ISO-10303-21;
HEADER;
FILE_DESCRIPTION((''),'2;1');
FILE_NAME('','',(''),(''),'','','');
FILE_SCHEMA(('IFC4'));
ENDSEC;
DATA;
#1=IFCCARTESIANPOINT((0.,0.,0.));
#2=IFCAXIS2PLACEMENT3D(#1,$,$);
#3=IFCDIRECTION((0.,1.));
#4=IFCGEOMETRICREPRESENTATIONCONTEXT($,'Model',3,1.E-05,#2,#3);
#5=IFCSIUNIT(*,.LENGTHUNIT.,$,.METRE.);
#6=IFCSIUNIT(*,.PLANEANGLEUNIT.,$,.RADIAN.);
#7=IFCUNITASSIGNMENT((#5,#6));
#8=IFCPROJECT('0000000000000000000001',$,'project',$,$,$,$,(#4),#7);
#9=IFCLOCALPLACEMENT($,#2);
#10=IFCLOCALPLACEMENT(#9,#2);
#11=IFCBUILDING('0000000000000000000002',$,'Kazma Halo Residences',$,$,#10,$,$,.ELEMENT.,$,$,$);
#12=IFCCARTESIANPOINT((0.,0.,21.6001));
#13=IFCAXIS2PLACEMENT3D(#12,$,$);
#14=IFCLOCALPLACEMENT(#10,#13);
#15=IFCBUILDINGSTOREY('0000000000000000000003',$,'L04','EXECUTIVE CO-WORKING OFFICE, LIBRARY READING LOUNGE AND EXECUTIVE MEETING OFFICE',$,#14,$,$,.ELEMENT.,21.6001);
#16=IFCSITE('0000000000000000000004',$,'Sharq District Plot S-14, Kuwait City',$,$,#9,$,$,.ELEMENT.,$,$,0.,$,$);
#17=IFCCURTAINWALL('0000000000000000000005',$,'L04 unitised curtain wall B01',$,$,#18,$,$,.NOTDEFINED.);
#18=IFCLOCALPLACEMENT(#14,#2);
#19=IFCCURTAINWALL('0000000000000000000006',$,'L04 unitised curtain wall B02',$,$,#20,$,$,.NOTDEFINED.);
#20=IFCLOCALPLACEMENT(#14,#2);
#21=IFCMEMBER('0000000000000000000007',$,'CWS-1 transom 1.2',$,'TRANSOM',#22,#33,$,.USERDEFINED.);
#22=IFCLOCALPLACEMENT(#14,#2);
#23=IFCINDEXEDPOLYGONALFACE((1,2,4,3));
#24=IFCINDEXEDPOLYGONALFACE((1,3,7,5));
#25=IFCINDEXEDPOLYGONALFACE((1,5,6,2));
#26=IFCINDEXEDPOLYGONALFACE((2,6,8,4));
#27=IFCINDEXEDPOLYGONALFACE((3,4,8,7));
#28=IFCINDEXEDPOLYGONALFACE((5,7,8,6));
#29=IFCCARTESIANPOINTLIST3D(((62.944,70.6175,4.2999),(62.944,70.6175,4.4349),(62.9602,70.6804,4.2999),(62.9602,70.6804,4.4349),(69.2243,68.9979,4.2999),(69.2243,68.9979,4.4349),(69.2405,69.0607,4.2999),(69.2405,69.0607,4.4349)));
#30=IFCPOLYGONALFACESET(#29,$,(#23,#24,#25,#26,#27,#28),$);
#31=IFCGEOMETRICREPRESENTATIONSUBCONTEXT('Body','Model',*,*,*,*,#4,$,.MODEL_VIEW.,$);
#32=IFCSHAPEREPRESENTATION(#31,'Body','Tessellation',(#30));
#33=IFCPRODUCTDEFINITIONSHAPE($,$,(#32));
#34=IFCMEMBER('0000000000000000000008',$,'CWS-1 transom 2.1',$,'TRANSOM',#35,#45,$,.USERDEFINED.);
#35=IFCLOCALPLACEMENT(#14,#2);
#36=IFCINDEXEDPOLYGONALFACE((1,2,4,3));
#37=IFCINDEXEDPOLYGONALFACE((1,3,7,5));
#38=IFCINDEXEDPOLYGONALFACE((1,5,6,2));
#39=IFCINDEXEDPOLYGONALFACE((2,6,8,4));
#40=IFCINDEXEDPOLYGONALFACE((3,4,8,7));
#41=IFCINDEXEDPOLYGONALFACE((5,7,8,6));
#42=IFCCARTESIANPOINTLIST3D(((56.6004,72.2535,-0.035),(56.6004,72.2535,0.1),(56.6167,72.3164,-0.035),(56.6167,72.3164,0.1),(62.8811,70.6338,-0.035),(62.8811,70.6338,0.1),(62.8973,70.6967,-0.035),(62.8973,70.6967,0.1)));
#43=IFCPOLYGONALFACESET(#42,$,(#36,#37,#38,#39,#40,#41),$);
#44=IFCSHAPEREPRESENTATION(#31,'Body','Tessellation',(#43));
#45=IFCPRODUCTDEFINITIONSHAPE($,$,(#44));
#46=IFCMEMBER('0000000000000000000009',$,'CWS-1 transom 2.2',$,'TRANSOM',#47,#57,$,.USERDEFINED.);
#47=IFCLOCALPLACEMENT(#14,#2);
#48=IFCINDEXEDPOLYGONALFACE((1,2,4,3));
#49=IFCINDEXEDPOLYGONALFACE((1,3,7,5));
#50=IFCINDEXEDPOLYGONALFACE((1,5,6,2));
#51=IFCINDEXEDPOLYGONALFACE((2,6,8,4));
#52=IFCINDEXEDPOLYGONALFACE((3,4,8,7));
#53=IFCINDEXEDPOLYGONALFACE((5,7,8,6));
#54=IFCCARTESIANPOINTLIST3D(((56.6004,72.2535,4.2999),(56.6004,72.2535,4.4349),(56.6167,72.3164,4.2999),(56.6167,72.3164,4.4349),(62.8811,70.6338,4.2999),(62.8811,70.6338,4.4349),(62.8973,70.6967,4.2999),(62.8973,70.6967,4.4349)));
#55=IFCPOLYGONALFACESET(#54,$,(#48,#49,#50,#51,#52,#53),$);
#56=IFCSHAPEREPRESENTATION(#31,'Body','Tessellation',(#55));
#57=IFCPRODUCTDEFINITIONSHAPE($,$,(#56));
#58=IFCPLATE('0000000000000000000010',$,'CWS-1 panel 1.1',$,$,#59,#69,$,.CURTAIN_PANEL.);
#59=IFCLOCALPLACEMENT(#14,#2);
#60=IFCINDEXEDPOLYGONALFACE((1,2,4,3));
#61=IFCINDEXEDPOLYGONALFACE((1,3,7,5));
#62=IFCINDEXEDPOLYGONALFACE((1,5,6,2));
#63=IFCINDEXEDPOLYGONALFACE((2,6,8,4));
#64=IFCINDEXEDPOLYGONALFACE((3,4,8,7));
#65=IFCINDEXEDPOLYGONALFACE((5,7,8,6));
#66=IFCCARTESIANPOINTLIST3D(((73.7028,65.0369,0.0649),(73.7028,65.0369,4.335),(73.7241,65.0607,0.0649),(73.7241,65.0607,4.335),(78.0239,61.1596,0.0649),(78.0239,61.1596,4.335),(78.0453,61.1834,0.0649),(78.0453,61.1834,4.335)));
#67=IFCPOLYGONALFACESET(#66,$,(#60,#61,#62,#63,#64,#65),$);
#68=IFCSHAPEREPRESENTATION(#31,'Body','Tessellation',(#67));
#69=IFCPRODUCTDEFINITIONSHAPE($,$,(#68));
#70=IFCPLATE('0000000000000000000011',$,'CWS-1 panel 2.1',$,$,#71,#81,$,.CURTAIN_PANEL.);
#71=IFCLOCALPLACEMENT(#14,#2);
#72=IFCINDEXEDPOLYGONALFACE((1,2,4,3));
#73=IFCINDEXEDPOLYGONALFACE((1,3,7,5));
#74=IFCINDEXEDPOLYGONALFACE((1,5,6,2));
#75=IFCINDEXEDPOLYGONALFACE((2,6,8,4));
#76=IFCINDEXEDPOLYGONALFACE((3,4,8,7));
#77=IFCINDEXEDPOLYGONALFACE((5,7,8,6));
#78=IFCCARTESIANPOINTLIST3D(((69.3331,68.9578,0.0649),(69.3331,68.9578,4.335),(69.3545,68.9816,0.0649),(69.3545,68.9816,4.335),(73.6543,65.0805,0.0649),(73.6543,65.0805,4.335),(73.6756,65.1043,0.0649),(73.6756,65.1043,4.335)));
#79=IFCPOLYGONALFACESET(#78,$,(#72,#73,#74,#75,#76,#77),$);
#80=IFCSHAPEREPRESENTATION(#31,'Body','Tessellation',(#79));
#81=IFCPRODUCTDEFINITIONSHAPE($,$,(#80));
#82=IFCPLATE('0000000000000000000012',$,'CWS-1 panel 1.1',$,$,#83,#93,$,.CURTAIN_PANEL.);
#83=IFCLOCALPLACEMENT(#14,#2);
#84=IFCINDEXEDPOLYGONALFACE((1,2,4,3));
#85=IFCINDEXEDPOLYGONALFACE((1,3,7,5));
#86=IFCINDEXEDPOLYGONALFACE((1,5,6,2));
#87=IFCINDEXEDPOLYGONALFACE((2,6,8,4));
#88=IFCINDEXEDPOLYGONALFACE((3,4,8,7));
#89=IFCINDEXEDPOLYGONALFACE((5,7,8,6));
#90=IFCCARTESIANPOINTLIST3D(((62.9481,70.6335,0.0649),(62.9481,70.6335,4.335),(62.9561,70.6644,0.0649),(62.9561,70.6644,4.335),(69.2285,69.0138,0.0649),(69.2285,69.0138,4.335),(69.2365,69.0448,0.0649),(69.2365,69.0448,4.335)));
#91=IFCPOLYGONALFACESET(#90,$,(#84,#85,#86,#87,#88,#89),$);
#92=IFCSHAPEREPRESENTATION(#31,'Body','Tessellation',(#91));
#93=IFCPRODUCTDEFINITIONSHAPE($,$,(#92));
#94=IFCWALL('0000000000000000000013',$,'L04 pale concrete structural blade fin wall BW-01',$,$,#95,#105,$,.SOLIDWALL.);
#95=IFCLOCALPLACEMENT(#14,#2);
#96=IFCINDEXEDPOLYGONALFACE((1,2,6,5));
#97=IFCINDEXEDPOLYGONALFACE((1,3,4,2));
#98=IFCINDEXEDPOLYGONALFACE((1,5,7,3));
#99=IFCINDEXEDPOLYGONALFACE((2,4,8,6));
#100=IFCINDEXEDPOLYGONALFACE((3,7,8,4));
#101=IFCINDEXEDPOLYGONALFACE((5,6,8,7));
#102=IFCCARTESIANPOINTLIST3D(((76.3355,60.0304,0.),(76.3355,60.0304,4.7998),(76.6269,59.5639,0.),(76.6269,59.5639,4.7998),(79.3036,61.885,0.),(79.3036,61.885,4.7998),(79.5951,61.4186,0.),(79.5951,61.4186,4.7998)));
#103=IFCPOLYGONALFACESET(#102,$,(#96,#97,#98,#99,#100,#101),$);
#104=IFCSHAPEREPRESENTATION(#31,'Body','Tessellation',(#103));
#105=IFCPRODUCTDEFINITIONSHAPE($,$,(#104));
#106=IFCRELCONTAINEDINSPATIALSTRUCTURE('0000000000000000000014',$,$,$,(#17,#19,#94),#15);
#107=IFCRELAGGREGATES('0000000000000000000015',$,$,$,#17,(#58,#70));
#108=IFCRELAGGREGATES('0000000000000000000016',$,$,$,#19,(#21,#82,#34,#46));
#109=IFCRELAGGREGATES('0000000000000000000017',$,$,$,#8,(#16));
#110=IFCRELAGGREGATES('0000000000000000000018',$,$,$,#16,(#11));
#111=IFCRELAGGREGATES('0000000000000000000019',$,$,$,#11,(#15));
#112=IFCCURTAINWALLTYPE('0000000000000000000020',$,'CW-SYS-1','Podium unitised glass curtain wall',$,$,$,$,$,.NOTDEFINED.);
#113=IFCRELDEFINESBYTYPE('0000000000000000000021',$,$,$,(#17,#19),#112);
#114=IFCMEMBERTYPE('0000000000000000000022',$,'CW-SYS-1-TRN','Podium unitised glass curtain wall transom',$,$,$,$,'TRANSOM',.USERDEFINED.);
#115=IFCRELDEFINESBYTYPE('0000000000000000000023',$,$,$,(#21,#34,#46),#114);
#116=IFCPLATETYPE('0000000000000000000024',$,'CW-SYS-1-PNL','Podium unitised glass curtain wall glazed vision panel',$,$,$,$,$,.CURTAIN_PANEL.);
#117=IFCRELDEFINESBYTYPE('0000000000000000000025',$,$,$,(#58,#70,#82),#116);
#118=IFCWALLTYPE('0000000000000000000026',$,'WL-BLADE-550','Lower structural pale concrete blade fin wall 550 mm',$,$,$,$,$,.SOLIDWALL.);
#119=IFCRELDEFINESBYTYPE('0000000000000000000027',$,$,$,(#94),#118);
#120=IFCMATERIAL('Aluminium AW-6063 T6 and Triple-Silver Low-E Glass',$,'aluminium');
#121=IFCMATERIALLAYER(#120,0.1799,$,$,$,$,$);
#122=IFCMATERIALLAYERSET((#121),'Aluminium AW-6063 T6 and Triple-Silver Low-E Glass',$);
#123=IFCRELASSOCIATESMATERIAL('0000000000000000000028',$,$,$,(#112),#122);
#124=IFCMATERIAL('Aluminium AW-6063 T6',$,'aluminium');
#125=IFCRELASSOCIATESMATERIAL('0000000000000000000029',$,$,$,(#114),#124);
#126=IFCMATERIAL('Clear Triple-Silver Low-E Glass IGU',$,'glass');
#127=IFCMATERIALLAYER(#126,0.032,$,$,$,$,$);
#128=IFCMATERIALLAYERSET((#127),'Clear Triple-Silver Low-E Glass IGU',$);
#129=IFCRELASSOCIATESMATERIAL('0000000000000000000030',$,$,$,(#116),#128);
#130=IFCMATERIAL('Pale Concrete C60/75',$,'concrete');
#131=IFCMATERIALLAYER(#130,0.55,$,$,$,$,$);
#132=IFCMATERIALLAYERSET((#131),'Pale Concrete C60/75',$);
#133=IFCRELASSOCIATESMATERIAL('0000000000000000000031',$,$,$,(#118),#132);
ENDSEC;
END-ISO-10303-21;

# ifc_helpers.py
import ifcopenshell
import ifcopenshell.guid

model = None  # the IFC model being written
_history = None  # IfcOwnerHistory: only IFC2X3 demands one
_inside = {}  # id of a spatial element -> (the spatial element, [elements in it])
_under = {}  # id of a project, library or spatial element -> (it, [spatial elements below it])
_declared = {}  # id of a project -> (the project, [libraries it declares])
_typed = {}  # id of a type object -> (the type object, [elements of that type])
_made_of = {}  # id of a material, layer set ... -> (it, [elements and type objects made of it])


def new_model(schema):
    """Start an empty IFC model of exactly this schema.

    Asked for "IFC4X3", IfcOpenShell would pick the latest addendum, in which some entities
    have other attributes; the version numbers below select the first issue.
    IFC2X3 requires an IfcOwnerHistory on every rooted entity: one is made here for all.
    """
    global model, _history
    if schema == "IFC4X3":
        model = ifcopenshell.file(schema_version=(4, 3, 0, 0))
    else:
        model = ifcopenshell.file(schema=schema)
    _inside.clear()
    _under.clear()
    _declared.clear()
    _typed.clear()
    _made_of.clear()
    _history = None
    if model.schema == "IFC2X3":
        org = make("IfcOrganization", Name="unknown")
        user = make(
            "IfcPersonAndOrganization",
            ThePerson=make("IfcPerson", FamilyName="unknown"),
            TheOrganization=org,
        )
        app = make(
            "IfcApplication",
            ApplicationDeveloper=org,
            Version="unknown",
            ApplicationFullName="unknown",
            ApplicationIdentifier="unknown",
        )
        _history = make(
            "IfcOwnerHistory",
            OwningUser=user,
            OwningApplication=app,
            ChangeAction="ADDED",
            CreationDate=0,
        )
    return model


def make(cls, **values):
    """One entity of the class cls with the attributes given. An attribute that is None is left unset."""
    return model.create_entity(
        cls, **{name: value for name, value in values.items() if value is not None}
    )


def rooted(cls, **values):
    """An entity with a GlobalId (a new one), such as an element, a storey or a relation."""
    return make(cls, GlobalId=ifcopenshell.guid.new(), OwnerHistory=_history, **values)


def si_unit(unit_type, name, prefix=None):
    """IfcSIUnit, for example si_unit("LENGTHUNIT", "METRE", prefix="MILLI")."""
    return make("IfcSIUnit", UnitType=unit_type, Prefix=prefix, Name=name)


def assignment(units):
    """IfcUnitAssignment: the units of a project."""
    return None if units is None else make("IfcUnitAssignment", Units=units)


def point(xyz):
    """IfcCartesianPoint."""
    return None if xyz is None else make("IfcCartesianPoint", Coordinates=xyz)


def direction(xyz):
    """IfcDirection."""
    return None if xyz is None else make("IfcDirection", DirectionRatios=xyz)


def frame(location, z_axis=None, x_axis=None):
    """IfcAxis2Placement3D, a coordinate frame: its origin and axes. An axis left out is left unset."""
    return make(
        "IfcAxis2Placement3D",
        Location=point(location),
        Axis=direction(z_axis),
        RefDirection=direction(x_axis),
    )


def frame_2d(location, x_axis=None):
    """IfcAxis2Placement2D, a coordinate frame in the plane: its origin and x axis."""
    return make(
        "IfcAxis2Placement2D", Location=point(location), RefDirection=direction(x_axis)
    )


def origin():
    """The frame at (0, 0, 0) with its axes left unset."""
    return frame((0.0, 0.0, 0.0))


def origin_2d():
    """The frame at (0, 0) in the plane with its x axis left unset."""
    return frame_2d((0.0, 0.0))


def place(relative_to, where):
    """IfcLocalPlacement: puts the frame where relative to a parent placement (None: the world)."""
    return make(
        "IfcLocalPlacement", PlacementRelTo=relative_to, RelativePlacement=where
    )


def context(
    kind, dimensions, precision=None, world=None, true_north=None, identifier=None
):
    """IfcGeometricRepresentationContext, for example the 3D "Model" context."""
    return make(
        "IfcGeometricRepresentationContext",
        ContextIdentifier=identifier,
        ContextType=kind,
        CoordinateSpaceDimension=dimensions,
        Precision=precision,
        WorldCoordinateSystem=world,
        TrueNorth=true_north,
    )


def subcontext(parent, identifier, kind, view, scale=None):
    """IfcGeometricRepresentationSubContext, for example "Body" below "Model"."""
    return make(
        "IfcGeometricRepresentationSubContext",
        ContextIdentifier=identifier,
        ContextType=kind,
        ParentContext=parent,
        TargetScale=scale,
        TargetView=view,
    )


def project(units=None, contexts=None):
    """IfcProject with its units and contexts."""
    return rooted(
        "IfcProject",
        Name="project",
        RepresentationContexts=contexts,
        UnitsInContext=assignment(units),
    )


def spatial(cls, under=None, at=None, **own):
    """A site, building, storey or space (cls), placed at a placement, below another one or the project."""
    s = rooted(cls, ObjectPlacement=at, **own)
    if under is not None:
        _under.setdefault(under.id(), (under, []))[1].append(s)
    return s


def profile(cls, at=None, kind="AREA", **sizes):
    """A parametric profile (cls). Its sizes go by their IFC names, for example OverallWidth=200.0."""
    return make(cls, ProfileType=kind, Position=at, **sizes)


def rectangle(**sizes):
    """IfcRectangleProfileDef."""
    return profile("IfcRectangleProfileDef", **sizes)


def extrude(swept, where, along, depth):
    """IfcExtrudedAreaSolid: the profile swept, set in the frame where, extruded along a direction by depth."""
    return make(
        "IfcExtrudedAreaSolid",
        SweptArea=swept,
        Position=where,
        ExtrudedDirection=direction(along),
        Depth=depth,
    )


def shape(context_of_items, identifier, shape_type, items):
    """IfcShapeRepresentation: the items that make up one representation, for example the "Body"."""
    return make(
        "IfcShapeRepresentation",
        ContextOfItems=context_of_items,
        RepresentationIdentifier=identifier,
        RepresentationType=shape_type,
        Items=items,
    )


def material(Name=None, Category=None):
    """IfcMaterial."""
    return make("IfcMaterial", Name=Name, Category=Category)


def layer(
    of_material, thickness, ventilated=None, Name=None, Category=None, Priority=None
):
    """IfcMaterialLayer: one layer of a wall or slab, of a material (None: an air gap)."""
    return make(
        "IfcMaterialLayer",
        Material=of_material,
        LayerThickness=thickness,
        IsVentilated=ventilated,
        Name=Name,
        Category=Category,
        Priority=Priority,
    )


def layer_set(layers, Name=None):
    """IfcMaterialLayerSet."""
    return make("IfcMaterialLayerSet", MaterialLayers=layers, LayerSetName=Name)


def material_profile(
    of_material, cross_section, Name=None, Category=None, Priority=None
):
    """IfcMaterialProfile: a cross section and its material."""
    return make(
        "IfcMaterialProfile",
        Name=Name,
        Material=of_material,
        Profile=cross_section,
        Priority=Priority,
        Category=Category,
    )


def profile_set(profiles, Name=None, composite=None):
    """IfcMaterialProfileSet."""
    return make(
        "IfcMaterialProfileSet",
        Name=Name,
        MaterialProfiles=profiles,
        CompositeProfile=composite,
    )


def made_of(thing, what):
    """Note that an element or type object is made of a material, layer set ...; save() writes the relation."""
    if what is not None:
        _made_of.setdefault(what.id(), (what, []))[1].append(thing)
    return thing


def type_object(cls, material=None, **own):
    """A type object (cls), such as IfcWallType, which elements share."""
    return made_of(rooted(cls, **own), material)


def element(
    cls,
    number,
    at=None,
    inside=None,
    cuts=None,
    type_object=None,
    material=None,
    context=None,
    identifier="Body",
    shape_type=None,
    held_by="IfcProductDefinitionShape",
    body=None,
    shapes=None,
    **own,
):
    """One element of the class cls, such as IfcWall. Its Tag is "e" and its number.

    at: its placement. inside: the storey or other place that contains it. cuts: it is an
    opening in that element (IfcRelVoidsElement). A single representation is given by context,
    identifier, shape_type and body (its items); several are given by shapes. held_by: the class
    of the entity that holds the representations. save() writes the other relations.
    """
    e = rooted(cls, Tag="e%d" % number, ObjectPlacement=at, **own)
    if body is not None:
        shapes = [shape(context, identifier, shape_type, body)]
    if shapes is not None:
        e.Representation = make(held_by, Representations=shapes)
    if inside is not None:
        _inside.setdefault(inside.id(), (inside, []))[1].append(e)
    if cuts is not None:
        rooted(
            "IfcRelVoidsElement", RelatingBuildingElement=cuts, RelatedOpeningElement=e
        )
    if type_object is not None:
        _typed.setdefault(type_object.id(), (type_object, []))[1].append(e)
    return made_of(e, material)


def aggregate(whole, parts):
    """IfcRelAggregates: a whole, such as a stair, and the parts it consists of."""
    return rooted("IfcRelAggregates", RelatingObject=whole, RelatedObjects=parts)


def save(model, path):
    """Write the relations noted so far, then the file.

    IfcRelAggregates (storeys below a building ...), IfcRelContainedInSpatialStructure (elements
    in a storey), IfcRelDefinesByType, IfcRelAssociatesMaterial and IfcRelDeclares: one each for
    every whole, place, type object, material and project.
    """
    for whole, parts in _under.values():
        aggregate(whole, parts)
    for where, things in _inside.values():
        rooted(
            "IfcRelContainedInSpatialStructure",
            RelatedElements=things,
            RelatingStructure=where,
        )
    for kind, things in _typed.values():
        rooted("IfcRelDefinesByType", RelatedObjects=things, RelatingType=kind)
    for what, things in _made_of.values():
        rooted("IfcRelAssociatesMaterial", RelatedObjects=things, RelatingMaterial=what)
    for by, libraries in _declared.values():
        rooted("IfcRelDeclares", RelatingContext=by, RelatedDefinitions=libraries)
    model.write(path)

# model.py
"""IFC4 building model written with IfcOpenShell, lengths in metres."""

from ifc_helpers import new_model, si_unit, direction, frame, frame_2d, origin, origin_2d, place, context, subcontext, project, spatial, rectangle, extrude, material, layer, layer_set, material_profile, profile_set, type_object, element, aggregate, save


model = new_model("IFC4")

# Units and contexts
model_context = context("Model", 3, precision=1e-05, world=origin(), true_north=direction((0.0, 1.0)))
body_context = subcontext(model_context, "Body", "Model", "MODEL_VIEW")
ifc_project = project(units=[si_unit("LENGTHUNIT", "METRE"), si_unit("PLANEANGLEUNIT", "RADIAN")], contexts=[model_context])

# Site, building, storey
site_placement = place(None, origin())
site = spatial("IfcSite", under=ifc_project, at=site_placement, Name="Sharq District Plot S-14, Kuwait City", CompositionType="ELEMENT", RefElevation=0.0)
building_placement = place(site_placement, origin())
building = spatial("IfcBuilding", under=site, at=building_placement, Name="Kazma Halo Residences", CompositionType="ELEMENT")
storey_placement = place(building_placement, frame((0.0, 0.0, 21.6001)))
storey = spatial("IfcBuildingStorey", under=building, at=storey_placement, Name="L04", Description="EXECUTIVE CO-WORKING OFFICE, LIBRARY READING LOUNGE AND EXECUTIVE MEETING OFFICE", CompositionType="ELEMENT", Elevation=21.6001)

# Curtain walls
ifc_material_1 = material(Name="Aluminium AW-6063 T6 and Triple-Silver Low-E Glass", Category="aluminium")
ifc_layer_1 = layer(ifc_material_1, 0.1799)
ifc_layer_set_1 = layer_set([ifc_layer_1], Name="Aluminium AW-6063 T6 and Triple-Silver Low-E Glass")
curtain_wall_type = type_object("IfcCurtainWallType", Name="CW-SYS-1", Description="Podium unitised glass curtain wall", PredefinedType="NOTDEFINED", material=ifc_layer_set_1)
curtain_wall_1_placement = place(storey_placement, origin())
curtain_wall_1 = element("IfcCurtainWall", 1, at=curtain_wall_1_placement, inside=storey, type_object=curtain_wall_type, Name="L04 unitised curtain wall B01", PredefinedType="NOTDEFINED")
ifc_material_2 = material(Name="Aluminium AW-6063 T6", Category="aluminium")
curtain_wall_2_placement = place(storey_placement, origin())
curtain_wall_2 = element("IfcCurtainWall", 2, at=curtain_wall_2_placement, inside=storey, type_object=curtain_wall_type, Name="L04 unitised curtain wall B02", PredefinedType="NOTDEFINED")

# Members
ifc_material_profile_1 = material_profile(ifc_material_2, rectangle(XDim=0.0649, YDim=0.135, at=origin_2d()), Name="CWT-65x135")
ifc_profile_set_1 = profile_set([ifc_material_profile_1], Name="Aluminium AW-6063 T6")
member_type_1 = type_object("IfcMemberType", Name="CW-SYS-1-TRN", Description="Podium unitised glass curtain wall transom", ElementType="TRANSOM", PredefinedType="USERDEFINED", material=ifc_profile_set_1)
member_1_placement = place(storey_placement, frame((69.2324, 69.0293, 4.3674), z_axis=(-0.968318, 0.249721, 0.0), x_axis=(-0.249721, -0.968318, 0.0)))
member_1 = element("IfcMember", 3, at=member_1_placement, type_object=member_type_1, Name="CWS-1 transom 1.2", ObjectType="TRANSOM", PredefinedType="USERDEFINED", context=body_context, shape_type="SweptSolid", body=[
    extrude(rectangle(XDim=0.0649, YDim=0.135, at=origin_2d()), origin(), (0.0, 0.0, 1.0), 6.4858),
])
member_2_placement = place(storey_placement, frame((62.8892, 70.6653, 0.0325), z_axis=(-0.96832, 0.249712, 0.0), x_axis=(-0.249712, -0.96832, 0.0)))
member_2 = element("IfcMember", 4, at=member_2_placement, type_object=member_type_1, Name="CWS-1 transom 2.1", ObjectType="TRANSOM", PredefinedType="USERDEFINED", context=body_context, shape_type="SweptSolid", body=[
    extrude(rectangle(XDim=0.0649, YDim=0.135, at=origin_2d()), origin(), (0.0, 0.0, 1.0), 6.4861),
])
member_3_placement = place(storey_placement, frame((62.8892, 70.6653, 4.3674), z_axis=(-0.96832, 0.249712, 0.0), x_axis=(-0.249712, -0.96832, 0.0)))
member_3 = element("IfcMember", 5, at=member_3_placement, type_object=member_type_1, Name="CWS-1 transom 2.2", ObjectType="TRANSOM", PredefinedType="USERDEFINED", context=body_context, shape_type="SweptSolid", body=[
    extrude(rectangle(XDim=0.0649, YDim=0.135, at=origin_2d()), origin(), (0.0, 0.0, 1.0), 6.4861),
])

# Plates
ifc_material_3 = material(Name="Clear Triple-Silver Low-E Glass IGU", Category="glass")
ifc_layer_2 = layer(ifc_material_3, 0.032)
ifc_layer_set_2 = layer_set([ifc_layer_2], Name="Clear Triple-Silver Low-E Glass IGU")
plate_type = type_object("IfcPlateType", Name="CW-SYS-1-PNL", Description="Podium unitised glass curtain wall glazed vision panel", PredefinedType="CURTAIN_PANEL", material=ifc_layer_set_2)
plate_1_placement = place(storey_placement, frame((75.874, 63.1101, 0.0649), z_axis=(0.0, 0.0, 1.0), x_axis=(-0.744298, 0.667848, 0.0)))
plate_1 = element("IfcPlate", 6, at=plate_1_placement, type_object=plate_type, Name="CWS-1 panel 1.1", PredefinedType="CURTAIN_PANEL", context=body_context, shape_type="SweptSolid", body=[
    extrude(rectangle(XDim=5.8057, YDim=0.032, at=origin_2d()), origin(), (0.0, 0.0, 1.0), 4.27),
])
plate_2_placement = place(storey_placement, frame((71.5044, 67.031, 0.0649), z_axis=(0.0, 0.0, 1.0), x_axis=(-0.744298, 0.667848, 0.0)))
plate_2 = element("IfcPlate", 7, at=plate_2_placement, type_object=plate_type, Name="CWS-1 panel 2.1", PredefinedType="CURTAIN_PANEL", context=body_context, shape_type="SweptSolid", body=[
    extrude(rectangle(XDim=5.8057, YDim=0.032, at=origin_2d()), origin(), (0.0, 0.0, 1.0), 4.27),
])
aggregate(curtain_wall_1, [plate_1, plate_2])
plate_3_placement = place(storey_placement, frame((66.0923, 69.8391, 0.0649), z_axis=(0.0, 0.0, 1.0), x_axis=(-0.968316, 0.249727, 0.0)))
plate_3 = element("IfcPlate", 8, at=plate_3_placement, type_object=plate_type, Name="CWS-1 panel 1.1", PredefinedType="CURTAIN_PANEL", context=body_context, shape_type="SweptSolid", body=[
    extrude(rectangle(XDim=6.4858, YDim=0.032, at=origin_2d()), origin(), (0.0, 0.0, 1.0), 4.27),
])
aggregate(curtain_wall_2, [member_1, plate_3, member_2, member_3])

# Wall
ifc_material_4 = material(Name="Pale Concrete C60/75", Category="concrete")
ifc_layer_3 = layer(ifc_material_4, 0.55)
ifc_layer_set_3 = layer_set([ifc_layer_3], Name="Pale Concrete C60/75")
wall_type = type_object("IfcWallType", Name="WL-BLADE-550", Description="Lower structural pale concrete blade fin wall 550 mm", PredefinedType="SOLIDWALL", material=ifc_layer_set_3)
wall_placement = place(storey_placement, frame((76.4812, 59.7971, 0.0), z_axis=(0.0, 0.0, 1.0), x_axis=(0.848053, 0.529911, 0.0)))
element("IfcWall", 9, at=wall_placement, inside=storey, type_object=wall_type, Name="L04 pale concrete structural blade fin wall BW-01", PredefinedType="SOLIDWALL", context=body_context, shape_type="SweptSolid", body=[
    extrude(rectangle(XDim=3.5, YDim=0.55, at=frame_2d((1.75, 0.0))), origin(), (0.0, 0.0, 1.0), 4.7998),
])

save(model, "model.ifc")
